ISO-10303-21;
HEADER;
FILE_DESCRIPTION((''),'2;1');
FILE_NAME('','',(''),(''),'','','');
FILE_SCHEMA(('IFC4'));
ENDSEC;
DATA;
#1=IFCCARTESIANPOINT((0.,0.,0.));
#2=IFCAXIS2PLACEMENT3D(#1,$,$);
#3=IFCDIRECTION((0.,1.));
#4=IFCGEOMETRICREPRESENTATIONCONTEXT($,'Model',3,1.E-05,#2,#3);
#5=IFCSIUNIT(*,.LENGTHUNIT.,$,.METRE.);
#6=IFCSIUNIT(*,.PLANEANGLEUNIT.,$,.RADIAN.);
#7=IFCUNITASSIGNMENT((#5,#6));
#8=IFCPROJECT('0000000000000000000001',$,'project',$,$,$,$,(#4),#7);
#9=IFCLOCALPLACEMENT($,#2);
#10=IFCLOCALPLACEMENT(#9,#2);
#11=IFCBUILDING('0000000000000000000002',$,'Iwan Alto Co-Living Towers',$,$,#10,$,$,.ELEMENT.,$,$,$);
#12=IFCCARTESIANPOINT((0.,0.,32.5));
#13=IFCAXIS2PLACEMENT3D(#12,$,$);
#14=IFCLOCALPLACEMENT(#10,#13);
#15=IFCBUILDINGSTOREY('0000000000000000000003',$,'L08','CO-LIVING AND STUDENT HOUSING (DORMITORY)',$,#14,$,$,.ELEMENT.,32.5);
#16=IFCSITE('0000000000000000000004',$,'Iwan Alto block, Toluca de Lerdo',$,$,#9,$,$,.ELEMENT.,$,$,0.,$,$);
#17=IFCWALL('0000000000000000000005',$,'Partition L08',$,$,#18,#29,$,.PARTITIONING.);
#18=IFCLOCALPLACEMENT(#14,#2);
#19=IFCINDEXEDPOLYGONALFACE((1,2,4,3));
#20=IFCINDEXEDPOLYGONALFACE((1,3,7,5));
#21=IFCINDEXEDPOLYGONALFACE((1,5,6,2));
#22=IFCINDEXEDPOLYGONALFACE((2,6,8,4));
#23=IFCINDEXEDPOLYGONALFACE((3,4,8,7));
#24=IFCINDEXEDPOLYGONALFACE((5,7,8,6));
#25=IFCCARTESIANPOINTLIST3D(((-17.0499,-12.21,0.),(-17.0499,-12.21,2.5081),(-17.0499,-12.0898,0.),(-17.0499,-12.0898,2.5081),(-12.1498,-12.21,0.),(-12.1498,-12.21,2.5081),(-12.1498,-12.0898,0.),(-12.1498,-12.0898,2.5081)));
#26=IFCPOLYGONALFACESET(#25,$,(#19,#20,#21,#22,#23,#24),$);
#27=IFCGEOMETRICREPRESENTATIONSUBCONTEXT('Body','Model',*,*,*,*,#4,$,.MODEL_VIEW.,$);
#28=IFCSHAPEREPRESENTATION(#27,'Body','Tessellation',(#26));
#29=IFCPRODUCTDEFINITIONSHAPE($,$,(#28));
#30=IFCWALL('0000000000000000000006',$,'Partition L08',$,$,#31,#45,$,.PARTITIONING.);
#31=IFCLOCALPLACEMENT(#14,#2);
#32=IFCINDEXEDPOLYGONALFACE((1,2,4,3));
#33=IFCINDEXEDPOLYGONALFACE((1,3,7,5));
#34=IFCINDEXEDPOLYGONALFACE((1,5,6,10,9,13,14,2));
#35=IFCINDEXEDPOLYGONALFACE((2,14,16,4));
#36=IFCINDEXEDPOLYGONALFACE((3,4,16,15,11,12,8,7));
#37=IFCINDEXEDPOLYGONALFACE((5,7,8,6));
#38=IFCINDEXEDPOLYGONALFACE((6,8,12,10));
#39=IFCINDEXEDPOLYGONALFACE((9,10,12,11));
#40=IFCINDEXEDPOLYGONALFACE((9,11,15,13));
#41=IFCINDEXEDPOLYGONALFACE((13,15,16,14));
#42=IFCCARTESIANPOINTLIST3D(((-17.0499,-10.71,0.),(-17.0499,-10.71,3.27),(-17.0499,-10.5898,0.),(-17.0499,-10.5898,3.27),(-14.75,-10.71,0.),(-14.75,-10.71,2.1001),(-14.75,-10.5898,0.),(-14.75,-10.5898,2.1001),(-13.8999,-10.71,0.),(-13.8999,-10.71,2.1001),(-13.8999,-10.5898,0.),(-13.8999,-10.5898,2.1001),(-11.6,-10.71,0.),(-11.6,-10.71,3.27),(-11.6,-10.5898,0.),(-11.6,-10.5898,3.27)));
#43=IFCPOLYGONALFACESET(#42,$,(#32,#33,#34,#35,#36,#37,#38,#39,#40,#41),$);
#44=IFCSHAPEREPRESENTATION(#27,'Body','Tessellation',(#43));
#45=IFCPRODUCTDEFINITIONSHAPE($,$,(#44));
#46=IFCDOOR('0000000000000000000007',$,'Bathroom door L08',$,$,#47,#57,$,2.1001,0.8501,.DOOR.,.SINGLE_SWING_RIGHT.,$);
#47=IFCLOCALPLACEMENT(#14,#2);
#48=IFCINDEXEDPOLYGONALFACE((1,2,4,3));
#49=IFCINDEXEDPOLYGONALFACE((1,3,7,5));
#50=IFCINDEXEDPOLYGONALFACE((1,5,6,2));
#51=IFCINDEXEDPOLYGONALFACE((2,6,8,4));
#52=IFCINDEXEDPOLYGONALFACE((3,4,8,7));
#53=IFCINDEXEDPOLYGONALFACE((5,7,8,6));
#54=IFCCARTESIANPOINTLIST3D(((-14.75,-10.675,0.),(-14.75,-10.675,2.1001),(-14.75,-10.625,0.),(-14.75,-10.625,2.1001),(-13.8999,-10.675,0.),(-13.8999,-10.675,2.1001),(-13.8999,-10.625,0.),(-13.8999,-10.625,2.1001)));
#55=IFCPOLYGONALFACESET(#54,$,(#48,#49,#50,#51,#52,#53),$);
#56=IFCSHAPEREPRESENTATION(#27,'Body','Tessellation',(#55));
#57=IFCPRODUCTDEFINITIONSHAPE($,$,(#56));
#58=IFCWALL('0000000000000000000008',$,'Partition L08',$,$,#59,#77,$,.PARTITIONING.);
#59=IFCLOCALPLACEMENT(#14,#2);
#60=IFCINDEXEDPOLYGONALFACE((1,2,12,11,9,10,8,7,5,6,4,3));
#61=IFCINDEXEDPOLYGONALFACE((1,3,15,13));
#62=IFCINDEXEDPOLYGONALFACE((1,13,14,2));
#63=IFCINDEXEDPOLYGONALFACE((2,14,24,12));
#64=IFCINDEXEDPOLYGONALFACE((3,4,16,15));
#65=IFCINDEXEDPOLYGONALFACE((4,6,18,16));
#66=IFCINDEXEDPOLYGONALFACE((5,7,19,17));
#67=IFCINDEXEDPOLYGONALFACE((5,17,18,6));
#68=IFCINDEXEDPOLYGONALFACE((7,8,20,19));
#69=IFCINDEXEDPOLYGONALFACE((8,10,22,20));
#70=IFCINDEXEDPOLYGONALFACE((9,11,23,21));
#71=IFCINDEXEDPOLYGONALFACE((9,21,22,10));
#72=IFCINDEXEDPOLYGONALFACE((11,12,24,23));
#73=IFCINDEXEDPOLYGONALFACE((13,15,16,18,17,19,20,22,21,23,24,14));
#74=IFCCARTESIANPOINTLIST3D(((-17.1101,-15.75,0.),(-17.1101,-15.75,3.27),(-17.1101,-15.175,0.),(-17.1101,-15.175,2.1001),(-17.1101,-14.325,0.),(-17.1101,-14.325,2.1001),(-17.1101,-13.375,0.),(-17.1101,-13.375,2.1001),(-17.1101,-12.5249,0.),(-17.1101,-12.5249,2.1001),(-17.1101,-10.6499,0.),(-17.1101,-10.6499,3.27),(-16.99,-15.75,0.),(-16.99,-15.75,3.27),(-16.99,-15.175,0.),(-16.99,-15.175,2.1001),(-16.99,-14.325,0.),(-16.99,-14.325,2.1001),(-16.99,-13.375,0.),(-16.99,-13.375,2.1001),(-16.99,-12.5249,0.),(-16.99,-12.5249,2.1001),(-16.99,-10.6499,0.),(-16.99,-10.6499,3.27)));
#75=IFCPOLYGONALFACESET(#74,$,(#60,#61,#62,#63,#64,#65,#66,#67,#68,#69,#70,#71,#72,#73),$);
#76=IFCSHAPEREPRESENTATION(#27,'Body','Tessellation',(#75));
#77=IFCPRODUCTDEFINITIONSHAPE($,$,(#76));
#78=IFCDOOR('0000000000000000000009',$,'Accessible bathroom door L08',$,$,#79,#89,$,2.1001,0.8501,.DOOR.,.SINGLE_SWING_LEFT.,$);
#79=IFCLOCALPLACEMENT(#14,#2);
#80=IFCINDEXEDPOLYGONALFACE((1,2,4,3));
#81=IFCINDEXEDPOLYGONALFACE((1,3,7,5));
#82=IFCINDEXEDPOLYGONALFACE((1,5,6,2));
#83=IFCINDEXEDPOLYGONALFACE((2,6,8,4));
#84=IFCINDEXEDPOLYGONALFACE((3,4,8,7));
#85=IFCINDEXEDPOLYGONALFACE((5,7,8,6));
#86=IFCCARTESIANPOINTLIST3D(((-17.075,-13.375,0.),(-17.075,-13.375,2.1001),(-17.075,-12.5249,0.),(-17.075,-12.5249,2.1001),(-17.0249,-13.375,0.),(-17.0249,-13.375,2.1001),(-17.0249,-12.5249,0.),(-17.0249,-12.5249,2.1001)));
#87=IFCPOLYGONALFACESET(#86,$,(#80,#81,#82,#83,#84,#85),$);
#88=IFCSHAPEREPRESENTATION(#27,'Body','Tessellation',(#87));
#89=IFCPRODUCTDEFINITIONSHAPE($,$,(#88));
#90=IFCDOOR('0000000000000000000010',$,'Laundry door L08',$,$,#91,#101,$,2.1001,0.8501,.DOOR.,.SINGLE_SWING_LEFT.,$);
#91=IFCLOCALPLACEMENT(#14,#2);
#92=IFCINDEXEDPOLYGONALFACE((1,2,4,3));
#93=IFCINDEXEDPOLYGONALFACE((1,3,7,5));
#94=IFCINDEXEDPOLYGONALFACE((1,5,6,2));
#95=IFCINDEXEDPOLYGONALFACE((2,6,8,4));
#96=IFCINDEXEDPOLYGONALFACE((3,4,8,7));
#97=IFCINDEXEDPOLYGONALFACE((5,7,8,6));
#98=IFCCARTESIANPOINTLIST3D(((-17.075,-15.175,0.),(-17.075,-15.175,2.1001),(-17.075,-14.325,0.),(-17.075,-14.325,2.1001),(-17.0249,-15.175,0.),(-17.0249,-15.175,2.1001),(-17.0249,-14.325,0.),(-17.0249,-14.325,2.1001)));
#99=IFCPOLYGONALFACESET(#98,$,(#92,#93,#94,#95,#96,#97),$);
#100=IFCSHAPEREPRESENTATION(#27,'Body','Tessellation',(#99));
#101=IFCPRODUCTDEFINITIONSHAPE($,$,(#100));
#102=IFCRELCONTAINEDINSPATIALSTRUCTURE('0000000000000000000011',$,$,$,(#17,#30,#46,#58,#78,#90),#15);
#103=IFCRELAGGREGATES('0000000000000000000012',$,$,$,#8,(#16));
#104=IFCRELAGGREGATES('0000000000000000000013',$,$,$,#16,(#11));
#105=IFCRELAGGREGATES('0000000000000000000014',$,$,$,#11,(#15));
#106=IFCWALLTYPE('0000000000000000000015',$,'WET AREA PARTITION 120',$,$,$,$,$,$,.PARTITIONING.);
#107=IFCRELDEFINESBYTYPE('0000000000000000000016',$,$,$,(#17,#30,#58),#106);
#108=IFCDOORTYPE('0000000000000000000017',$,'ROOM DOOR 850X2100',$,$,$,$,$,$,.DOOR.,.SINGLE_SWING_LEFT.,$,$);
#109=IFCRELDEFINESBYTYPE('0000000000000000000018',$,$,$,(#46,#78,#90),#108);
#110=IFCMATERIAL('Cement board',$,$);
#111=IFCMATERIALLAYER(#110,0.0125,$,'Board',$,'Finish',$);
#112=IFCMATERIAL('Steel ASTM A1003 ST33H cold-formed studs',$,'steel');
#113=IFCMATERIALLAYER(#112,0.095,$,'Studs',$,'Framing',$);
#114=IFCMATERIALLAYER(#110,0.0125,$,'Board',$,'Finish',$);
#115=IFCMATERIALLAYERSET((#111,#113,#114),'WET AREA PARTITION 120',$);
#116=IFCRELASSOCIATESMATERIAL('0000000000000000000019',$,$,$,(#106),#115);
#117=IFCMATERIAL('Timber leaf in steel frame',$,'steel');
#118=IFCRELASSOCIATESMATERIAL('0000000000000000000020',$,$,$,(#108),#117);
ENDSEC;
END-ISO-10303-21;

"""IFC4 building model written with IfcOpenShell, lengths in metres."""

from ifc_helpers import new_model, si_unit, direction, frame, frame_2d, origin, place, context, subcontext, project, spatial, rectangle, extrude, material, layer, layer_set, type_object, element, fill, save


model = new_model("IFC4")

# Units and contexts
model_context = context("Model", 3, precision=1e-05, world=origin(), true_north=direction((0.0, 1.0)))
body_context = subcontext(model_context, "Body", "Model", "MODEL_VIEW")
ifc_project = project(units=[si_unit("LENGTHUNIT", "METRE"), si_unit("PLANEANGLEUNIT", "RADIAN")], contexts=[model_context])

# Site, building, storey
site_placement = place(None, origin())
site = spatial("IfcSite", under=ifc_project, at=site_placement, Name="Iwan Alto block, Toluca de Lerdo", CompositionType="ELEMENT", RefElevation=0.0)
building_placement = place(site_placement, origin())
building = spatial("IfcBuilding", under=site, at=building_placement, Name="Iwan Alto Co-Living Towers", CompositionType="ELEMENT")
storey_placement = place(building_placement, frame((0.0, 0.0, 32.5)))
storey = spatial("IfcBuildingStorey", under=building, at=storey_placement, Name="L08", Description="CO-LIVING AND STUDENT HOUSING (DORMITORY)", CompositionType="ELEMENT", Elevation=32.5)

# Shared definitions
ifc_material_1 = material(Name="Steel ASTM A1003 ST33H cold-formed studs", Category="steel")

# Wall
ifc_material_2 = material(Name="Cement board")
ifc_layer_1 = layer(ifc_material_2, 0.0125, Name="Board", Category="Finish")
ifc_layer_2 = layer(ifc_material_1, 0.095, Name="Studs", Category="Framing")
ifc_layer_3 = layer(ifc_material_2, 0.0125, Name="Board", Category="Finish")
ifc_layer_set_1 = layer_set([ifc_layer_1, ifc_layer_2, ifc_layer_3], Name="WET AREA PARTITION 120")
wall_type_1 = type_object("IfcWallType", Name="WET AREA PARTITION 120", PredefinedType="PARTITIONING", material=ifc_layer_set_1)
wall_1_placement = place(storey_placement, frame((-17.05, -12.1499, 0.0), z_axis=(0.0, 0.0, 1.0), x_axis=(1.0, 0.0, 0.0)))
element("IfcWall", 1, at=wall_1_placement, inside=storey, type_object=wall_type_1, Name="Partition L08", PredefinedType="PARTITIONING", context=body_context, shape_type="SweptSolid", body=[
    extrude(rectangle(XDim=4.9001, YDim=0.1201, at=frame_2d((2.4502, 0.0))), origin(), (0.0, 0.0, 1.0), 2.5081),
])

# Wall, opening, door
wall_2_placement = place(storey_placement, frame((-17.05, -10.6499, 0.0), z_axis=(0.0, 0.0, 1.0), x_axis=(1.0, 0.0, 0.0)))
wall_2 = element("IfcWall", 2, at=wall_2_placement, inside=storey, type_object=wall_type_1, Name="Partition L08", PredefinedType="PARTITIONING", context=body_context, shape_type="SweptSolid", body=[
    extrude(rectangle(XDim=5.45, YDim=0.1201, at=frame_2d((2.7251, 0.0))), origin(), (0.0, 0.0, 1.0), 3.27),
])
opening_1_placement = place(wall_2_placement, frame((2.3, 0.0, 0.0)))
opening_1 = element("IfcOpeningElement", 3, at=opening_1_placement, cuts=wall_2, PredefinedType="OPENING", context=body_context, shape_type="SweptSolid", body=[
    extrude(rectangle(XDim=0.8501, YDim=2.1001, at=frame_2d((0.425, 1.05))), frame((0.0, 0.0701, 0.0), z_axis=(0.0, -1.0, 0.0), x_axis=(1.0, 0.0, 0.0)), (0.0, 0.0, 1.0), 0.1401),
])
ifc_material_3 = material(Name="Timber leaf in steel frame", Category="steel")
door_type_1 = type_object("IfcDoorType", Name="ROOM DOOR 850X2100", OperationType="SINGLE_SWING_LEFT", PredefinedType="DOOR", material=ifc_material_3)
door_1_placement = place(opening_1_placement, origin())
door_1 = element("IfcDoor", 4, at=door_1_placement, inside=storey, type_object=door_type_1, Name="Bathroom door L08", OperationType="SINGLE_SWING_RIGHT", OverallHeight=2.1001, OverallWidth=0.8501, PredefinedType="DOOR", context=body_context, shape_type="SweptSolid", body=[
    extrude(rectangle(XDim=0.8501, YDim=2.1001, at=frame_2d((0.425, 1.05))), frame((0.0, 0.0249, 0.0), z_axis=(0.0, -1.0, 0.0), x_axis=(1.0, 0.0, 0.0)), (0.0, 0.0, 1.0), 0.05),
])
fill(opening_1, door_1)

# Wall, openings, doors
wall_3_placement = place(storey_placement, frame((-17.05, -15.75, 0.0), z_axis=(0.0, 0.0, 1.0), x_axis=(0.0, 1.0, 0.0)))
wall_3 = element("IfcWall", 5, at=wall_3_placement, inside=storey, type_object=wall_type_1, Name="Partition L08", PredefinedType="PARTITIONING", context=body_context, shape_type="SweptSolid", body=[
    extrude(rectangle(XDim=5.1001, YDim=0.1201, at=frame_2d((2.55, 0.0))), origin(), (0.0, 0.0, 1.0), 3.27),
])
opening_2_placement = place(wall_3_placement, frame((2.375, 0.0, 0.0)))
opening_2 = element("IfcOpeningElement", 6, at=opening_2_placement, cuts=wall_3, PredefinedType="OPENING", context=body_context, shape_type="SweptSolid", body=[
    extrude(rectangle(XDim=0.8501, YDim=2.1001, at=frame_2d((0.425, 1.05))), frame((0.0, 0.0701, 0.0), z_axis=(0.0, -1.0, 0.0), x_axis=(1.0, 0.0, 0.0)), (0.0, 0.0, 1.0), 0.1401),
])
opening_3_placement = place(wall_3_placement, frame((0.575, 0.0, 0.0)))
opening_3 = element("IfcOpeningElement", 7, at=opening_3_placement, cuts=wall_3, PredefinedType="OPENING", context=body_context, shape_type="SweptSolid", body=[
    extrude(rectangle(XDim=0.8501, YDim=2.1001, at=frame_2d((0.425, 1.05))), frame((0.0, 0.0701, 0.0), z_axis=(0.0, -1.0, 0.0), x_axis=(1.0, 0.0, 0.0)), (0.0, 0.0, 1.0), 0.1401),
])
door_2_placement = place(opening_2_placement, origin())
door_2 = element("IfcDoor", 8, at=door_2_placement, inside=storey, type_object=door_type_1, Name="Accessible bathroom door L08", OperationType="SINGLE_SWING_LEFT", OverallHeight=2.1001, OverallWidth=0.8501, PredefinedType="DOOR", context=body_context, shape_type="SweptSolid", body=[
    extrude(rectangle(XDim=0.8501, YDim=2.1001, at=frame_2d((0.425, 1.05))), frame((0.0, 0.0249, 0.0), z_axis=(0.0, -1.0, 0.0), x_axis=(1.0, 0.0, 0.0)), (0.0, 0.0, 1.0), 0.05),
])
fill(opening_2, door_2)
door_3_placement = place(opening_3_placement, origin())
door_3 = element("IfcDoor", 9, at=door_3_placement, inside=storey, type_object=door_type_1, Name="Laundry door L08", OperationType="SINGLE_SWING_LEFT", OverallHeight=2.1001, OverallWidth=0.8501, PredefinedType="DOOR", context=body_context, shape_type="SweptSolid", body=[
    extrude(rectangle(XDim=0.8501, YDim=2.1001, at=frame_2d((0.425, 1.05))), frame((0.0, 0.0249, 0.0), z_axis=(0.0, -1.0, 0.0), x_axis=(1.0, 0.0, 0.0)), (0.0, 0.0, 1.0), 0.05),
])
fill(opening_3, door_3)

save(model, "model.ifc")
